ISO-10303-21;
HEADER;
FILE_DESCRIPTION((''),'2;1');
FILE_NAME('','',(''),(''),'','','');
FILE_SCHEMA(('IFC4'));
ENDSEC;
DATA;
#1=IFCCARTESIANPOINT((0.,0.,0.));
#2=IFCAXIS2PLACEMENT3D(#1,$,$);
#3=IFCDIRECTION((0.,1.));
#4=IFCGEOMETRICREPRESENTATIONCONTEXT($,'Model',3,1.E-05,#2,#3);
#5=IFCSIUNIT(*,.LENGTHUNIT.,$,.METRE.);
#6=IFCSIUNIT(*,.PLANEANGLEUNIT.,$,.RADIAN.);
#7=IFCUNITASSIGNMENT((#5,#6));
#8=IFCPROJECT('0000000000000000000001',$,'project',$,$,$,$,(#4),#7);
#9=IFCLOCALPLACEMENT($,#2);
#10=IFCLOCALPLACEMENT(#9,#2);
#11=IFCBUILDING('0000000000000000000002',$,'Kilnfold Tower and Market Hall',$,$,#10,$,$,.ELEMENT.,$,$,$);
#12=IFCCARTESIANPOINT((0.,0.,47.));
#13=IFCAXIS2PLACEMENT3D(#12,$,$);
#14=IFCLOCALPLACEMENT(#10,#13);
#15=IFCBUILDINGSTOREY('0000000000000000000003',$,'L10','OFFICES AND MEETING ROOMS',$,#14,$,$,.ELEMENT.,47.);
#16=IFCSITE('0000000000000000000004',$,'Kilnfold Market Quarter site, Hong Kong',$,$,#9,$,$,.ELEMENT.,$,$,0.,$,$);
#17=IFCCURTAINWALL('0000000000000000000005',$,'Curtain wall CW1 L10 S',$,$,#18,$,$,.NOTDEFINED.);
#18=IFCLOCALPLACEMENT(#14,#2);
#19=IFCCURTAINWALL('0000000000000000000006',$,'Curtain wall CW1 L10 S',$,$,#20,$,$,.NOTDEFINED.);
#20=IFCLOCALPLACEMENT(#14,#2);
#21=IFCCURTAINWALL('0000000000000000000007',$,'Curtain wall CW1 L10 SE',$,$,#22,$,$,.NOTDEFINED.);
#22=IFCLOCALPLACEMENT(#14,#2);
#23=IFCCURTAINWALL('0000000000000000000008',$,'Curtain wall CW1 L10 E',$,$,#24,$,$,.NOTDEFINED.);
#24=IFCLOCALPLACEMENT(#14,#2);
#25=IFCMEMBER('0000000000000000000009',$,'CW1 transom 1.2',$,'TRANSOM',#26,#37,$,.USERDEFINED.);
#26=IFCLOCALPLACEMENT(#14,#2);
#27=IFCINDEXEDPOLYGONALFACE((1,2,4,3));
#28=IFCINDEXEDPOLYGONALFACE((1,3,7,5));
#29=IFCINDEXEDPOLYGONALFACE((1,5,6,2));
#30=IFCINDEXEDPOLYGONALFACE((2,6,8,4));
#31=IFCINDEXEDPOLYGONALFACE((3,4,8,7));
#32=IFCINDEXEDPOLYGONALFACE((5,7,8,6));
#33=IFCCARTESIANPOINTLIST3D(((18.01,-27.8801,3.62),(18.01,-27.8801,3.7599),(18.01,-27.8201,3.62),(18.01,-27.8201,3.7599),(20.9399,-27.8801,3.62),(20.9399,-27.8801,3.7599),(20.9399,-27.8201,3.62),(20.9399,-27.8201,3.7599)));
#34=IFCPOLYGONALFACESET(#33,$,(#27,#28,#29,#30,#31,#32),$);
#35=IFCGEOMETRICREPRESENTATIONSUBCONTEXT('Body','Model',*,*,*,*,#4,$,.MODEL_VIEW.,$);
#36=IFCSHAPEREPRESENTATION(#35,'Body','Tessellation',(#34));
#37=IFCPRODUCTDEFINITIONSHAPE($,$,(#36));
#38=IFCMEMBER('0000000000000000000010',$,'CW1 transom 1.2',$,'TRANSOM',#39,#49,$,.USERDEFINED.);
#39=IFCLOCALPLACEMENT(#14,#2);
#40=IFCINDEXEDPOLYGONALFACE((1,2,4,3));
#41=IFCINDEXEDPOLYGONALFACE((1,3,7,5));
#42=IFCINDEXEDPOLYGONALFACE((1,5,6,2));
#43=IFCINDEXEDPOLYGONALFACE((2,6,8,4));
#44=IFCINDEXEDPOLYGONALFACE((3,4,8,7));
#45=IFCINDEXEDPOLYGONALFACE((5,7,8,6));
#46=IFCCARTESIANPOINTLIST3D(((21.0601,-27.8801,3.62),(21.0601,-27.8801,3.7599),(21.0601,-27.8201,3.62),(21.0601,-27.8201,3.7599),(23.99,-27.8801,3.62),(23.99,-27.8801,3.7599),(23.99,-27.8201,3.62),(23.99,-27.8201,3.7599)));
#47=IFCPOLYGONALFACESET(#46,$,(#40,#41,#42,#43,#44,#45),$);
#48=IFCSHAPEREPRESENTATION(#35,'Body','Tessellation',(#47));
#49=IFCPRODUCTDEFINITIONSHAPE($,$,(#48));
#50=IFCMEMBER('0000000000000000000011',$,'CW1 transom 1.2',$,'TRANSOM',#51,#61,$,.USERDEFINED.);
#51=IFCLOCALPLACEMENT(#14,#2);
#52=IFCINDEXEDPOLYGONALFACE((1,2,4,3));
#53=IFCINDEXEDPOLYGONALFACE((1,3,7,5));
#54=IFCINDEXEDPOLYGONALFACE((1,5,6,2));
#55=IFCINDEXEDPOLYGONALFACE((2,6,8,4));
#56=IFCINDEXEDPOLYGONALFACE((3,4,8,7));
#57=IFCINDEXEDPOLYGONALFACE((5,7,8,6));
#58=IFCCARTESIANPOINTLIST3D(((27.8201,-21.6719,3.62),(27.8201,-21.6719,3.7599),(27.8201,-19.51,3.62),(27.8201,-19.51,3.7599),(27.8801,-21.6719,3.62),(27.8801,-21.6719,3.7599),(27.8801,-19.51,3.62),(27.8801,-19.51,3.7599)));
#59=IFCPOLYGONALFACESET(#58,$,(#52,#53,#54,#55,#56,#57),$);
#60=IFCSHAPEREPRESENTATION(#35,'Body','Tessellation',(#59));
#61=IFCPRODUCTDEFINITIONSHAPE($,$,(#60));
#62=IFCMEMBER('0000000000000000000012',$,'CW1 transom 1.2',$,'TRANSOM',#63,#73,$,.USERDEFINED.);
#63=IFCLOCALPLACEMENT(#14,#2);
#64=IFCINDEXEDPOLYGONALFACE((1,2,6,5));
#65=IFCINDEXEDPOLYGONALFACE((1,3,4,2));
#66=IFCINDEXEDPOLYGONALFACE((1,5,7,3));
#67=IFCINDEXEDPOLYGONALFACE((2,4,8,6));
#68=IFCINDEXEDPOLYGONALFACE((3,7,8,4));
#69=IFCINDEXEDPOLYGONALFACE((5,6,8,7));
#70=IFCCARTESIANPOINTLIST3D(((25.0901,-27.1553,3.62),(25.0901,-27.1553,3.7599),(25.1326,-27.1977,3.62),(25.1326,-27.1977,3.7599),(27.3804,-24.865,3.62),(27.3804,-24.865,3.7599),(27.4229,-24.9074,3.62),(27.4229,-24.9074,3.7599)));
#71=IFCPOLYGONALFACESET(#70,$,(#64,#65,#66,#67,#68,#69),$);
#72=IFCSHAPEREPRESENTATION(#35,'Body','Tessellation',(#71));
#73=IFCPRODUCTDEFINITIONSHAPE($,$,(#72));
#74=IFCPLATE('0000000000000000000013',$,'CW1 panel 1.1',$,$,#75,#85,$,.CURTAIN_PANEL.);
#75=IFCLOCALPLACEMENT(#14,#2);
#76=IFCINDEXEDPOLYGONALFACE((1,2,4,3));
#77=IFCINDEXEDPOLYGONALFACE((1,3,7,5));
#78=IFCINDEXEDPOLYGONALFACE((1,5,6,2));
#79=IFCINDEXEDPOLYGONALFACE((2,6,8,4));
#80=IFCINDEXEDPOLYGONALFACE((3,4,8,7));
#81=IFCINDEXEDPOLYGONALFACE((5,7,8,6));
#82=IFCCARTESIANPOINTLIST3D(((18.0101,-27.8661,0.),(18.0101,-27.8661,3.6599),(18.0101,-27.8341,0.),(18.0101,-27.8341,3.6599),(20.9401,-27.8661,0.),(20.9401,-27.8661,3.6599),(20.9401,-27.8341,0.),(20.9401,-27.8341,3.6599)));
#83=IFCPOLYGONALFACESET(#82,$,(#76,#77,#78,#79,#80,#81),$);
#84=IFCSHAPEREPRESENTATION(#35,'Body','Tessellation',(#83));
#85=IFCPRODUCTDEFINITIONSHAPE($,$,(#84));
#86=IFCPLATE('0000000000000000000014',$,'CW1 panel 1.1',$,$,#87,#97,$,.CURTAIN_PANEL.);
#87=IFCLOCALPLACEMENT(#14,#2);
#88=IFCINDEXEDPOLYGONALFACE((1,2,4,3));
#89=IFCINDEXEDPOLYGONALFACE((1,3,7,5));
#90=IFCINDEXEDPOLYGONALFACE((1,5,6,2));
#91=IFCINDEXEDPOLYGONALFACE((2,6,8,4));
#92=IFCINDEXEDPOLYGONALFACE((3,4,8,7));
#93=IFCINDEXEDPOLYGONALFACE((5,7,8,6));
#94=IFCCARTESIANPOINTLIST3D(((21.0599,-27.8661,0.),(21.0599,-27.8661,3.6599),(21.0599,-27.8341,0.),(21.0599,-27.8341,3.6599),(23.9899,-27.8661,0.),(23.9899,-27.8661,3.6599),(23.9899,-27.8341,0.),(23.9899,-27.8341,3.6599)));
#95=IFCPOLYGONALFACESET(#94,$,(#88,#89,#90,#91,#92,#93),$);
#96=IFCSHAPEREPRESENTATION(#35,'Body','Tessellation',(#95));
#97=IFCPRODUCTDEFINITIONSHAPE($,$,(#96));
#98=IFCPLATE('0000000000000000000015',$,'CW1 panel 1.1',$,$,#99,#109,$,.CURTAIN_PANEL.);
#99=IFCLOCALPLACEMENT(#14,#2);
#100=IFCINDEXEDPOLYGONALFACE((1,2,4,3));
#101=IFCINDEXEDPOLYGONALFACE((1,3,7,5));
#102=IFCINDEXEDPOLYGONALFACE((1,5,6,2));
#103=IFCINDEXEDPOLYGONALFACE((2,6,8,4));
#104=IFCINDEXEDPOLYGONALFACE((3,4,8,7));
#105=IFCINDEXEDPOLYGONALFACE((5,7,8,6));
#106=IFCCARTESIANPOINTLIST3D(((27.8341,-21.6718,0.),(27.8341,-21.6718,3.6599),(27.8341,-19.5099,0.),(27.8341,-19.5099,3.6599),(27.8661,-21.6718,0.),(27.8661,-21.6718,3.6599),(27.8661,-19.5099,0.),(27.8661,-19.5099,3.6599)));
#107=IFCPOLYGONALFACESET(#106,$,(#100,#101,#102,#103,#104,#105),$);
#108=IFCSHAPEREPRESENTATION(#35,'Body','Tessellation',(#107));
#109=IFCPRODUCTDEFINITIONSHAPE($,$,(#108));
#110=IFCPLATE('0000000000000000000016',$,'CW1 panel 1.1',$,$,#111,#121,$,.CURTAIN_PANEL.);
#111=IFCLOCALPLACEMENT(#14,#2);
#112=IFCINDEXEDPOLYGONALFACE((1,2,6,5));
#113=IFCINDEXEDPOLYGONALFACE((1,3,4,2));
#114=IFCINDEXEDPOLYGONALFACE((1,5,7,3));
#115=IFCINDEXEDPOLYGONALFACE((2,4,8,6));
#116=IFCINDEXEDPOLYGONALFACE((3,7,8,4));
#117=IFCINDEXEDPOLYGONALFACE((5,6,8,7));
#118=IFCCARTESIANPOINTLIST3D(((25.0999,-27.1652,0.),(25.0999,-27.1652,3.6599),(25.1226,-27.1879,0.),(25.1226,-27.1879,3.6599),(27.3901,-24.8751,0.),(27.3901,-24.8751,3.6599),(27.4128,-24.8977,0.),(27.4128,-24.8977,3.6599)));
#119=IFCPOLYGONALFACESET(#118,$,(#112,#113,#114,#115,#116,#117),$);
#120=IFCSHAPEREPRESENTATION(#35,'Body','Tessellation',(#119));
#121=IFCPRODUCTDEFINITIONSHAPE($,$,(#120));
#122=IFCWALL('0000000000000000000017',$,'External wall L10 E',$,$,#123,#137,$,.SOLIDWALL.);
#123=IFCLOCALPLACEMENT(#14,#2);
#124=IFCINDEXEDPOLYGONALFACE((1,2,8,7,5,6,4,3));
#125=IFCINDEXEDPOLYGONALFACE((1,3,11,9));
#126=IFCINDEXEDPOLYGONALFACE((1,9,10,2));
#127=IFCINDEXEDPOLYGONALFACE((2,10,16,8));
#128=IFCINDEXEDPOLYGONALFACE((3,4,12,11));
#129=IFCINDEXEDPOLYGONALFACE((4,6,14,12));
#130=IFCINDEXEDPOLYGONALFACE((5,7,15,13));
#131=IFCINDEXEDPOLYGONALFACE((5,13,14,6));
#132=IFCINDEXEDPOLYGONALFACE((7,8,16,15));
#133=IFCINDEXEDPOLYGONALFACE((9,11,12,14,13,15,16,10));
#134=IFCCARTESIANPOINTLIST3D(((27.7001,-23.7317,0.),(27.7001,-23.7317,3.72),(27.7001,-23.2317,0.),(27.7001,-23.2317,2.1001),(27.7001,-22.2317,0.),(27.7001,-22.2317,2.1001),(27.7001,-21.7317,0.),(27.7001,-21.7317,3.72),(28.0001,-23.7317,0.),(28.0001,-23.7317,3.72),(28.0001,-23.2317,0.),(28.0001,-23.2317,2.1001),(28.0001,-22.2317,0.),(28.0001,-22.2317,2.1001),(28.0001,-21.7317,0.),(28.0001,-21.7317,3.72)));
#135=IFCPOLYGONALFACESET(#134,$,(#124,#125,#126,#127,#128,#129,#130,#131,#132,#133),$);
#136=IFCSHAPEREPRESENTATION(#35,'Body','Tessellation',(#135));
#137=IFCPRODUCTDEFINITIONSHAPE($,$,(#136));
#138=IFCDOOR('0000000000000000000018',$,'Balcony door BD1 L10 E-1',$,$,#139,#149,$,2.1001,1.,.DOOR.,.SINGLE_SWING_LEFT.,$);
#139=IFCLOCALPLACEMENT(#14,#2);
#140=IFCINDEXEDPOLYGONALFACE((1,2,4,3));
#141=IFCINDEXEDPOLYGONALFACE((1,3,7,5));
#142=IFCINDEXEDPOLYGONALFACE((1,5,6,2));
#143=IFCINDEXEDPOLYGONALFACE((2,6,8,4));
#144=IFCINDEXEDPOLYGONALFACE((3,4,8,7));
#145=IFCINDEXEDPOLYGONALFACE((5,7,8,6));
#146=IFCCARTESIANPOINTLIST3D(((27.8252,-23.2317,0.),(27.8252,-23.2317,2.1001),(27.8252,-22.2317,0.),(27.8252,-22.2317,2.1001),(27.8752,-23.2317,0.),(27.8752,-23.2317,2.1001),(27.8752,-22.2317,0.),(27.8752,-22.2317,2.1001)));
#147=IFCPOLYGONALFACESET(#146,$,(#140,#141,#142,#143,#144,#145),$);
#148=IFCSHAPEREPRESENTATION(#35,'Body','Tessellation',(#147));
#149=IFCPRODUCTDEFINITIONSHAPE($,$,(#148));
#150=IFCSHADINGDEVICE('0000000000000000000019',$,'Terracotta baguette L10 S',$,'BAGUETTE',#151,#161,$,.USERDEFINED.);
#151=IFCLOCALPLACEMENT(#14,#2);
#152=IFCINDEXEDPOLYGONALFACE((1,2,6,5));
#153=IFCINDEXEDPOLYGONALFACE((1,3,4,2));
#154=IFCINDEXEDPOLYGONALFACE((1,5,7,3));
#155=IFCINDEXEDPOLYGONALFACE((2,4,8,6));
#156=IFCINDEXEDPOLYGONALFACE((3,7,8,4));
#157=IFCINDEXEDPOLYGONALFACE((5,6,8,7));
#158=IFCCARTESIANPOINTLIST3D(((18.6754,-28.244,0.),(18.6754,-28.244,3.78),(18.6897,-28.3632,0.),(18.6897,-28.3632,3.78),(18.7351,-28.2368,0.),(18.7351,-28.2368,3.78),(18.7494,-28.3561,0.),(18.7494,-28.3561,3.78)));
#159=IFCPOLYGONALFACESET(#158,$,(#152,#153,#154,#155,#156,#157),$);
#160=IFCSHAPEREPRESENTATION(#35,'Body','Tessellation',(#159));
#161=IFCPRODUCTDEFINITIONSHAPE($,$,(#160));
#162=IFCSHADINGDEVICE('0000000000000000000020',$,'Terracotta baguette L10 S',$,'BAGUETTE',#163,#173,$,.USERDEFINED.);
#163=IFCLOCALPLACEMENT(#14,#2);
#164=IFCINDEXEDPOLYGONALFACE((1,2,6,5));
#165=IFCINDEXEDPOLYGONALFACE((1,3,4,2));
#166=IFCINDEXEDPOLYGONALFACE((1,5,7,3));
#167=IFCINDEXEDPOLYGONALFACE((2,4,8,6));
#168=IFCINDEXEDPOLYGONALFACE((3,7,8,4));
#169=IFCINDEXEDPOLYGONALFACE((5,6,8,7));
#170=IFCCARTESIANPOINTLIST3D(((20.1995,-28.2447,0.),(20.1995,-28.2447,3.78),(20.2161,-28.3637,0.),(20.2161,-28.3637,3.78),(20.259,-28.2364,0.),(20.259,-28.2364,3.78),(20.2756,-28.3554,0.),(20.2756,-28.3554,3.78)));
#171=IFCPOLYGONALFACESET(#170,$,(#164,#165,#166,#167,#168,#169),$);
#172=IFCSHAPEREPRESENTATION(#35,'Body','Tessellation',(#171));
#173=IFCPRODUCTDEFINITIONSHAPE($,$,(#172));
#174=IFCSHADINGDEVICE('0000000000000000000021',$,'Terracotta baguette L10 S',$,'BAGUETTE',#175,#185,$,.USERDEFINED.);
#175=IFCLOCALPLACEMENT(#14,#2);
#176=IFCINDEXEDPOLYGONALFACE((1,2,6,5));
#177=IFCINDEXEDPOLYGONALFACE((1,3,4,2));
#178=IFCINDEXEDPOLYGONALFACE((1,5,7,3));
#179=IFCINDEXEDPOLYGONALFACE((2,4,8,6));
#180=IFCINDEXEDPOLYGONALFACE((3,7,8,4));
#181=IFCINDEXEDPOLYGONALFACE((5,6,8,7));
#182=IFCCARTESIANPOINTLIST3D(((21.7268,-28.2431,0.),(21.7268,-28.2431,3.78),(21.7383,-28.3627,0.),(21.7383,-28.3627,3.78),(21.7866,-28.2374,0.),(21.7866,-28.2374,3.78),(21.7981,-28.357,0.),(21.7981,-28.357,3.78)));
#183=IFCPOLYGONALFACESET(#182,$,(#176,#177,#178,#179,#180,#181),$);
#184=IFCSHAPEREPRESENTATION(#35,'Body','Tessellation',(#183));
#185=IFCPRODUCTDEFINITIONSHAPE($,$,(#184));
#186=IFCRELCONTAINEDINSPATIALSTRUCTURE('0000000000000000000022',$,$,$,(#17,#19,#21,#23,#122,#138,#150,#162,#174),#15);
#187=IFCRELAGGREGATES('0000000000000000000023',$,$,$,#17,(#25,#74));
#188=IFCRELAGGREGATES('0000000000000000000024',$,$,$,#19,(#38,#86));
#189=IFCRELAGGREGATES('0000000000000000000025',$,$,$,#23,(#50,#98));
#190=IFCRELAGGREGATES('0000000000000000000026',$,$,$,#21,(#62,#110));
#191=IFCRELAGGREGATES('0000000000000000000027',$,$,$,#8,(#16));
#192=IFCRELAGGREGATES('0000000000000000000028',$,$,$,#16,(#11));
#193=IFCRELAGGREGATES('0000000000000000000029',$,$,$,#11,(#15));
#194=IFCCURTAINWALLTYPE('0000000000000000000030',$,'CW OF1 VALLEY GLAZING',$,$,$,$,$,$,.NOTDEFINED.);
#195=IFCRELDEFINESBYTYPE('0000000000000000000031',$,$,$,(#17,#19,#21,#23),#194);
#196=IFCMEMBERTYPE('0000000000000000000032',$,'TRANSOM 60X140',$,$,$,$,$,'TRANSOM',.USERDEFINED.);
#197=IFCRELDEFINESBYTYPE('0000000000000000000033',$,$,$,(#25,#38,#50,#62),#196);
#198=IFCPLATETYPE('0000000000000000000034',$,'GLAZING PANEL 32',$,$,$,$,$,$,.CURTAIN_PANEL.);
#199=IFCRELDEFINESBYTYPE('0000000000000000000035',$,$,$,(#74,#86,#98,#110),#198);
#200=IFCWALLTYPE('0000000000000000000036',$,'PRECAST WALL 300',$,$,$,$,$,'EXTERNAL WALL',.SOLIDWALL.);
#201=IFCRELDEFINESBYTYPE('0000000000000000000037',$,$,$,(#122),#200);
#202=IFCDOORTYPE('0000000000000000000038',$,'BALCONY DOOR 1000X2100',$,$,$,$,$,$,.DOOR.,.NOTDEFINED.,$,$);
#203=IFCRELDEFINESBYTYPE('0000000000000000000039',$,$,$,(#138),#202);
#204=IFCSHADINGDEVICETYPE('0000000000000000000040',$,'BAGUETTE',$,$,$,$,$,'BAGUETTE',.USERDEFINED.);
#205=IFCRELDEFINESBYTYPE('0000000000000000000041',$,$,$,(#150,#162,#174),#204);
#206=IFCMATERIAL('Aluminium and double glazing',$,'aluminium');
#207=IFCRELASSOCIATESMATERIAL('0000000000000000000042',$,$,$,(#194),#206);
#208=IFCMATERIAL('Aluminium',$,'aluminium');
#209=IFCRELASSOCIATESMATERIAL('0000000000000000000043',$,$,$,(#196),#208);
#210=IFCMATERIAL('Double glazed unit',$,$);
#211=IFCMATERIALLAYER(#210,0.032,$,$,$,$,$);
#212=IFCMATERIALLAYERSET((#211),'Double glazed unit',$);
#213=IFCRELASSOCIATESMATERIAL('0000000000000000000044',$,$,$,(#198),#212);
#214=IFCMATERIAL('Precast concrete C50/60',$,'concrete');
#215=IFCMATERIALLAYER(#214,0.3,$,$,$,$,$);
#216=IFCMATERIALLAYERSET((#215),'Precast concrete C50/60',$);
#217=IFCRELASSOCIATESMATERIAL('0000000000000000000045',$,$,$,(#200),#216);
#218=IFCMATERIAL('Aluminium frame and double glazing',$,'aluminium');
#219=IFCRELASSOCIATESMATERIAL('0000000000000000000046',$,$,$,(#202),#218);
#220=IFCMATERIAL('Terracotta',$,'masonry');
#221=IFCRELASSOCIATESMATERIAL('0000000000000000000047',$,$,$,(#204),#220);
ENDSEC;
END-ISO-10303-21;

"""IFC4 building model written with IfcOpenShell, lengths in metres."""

from ifc_helpers import new_model, si_unit, direction, frame, frame_2d, origin, origin_2d, place, context, subcontext, project, spatial, rectangle, extrude, source, transform, mapped, material, layer, layer_set, material_profile, profile_set, type_object, element, fill, aggregate, save


model = new_model("IFC4")

# Units and contexts
model_context = context("Model", 3, precision=1e-05, world=origin(), true_north=direction((0.0, 1.0)))
body_context = subcontext(model_context, "Body", "Model", "MODEL_VIEW")
ifc_project = project(units=[si_unit("LENGTHUNIT", "METRE"), si_unit("PLANEANGLEUNIT", "RADIAN")], contexts=[model_context])

# Site, building, storey
site_placement = place(None, origin())
site = spatial("IfcSite", under=ifc_project, at=site_placement, Name="Kilnfold Market Quarter site, Hong Kong", CompositionType="ELEMENT", RefElevation=0.0)
building_placement = place(site_placement, origin())
building = spatial("IfcBuilding", under=site, at=building_placement, Name="Kilnfold Tower and Market Hall", CompositionType="ELEMENT")
storey_placement = place(building_placement, frame((0.0, 0.0, 47.0)))
storey = spatial("IfcBuildingStorey", under=building, at=storey_placement, Name="L10", Description="OFFICES AND MEETING ROOMS", CompositionType="ELEMENT", Elevation=47.0)

# Curtain walls
ifc_material_1 = material(Name="Aluminium and double glazing", Category="aluminium")
curtain_wall_type = type_object("IfcCurtainWallType", Name="CW OF1 VALLEY GLAZING", PredefinedType="NOTDEFINED", material=ifc_material_1)
curtain_wall_1_placement = place(storey_placement, origin())
curtain_wall_1 = element("IfcCurtainWall", 1, at=curtain_wall_1_placement, inside=storey, type_object=curtain_wall_type, Name="Curtain wall CW1 L10 S", PredefinedType="NOTDEFINED")
curtain_wall_2_placement = place(storey_placement, origin())
curtain_wall_2 = element("IfcCurtainWall", 2, at=curtain_wall_2_placement, inside=storey, type_object=curtain_wall_type, Name="Curtain wall CW1 L10 S", PredefinedType="NOTDEFINED")
curtain_wall_3_placement = place(storey_placement, origin())
curtain_wall_3 = element("IfcCurtainWall", 3, at=curtain_wall_3_placement, inside=storey, type_object=curtain_wall_type, Name="Curtain wall CW1 L10 SE", PredefinedType="NOTDEFINED")
curtain_wall_4_placement = place(storey_placement, origin())
curtain_wall_4 = element("IfcCurtainWall", 4, at=curtain_wall_4_placement, inside=storey, type_object=curtain_wall_type, Name="Curtain wall CW1 L10 E", PredefinedType="NOTDEFINED")

# Members
ifc_material_2 = material(Name="Aluminium", Category="aluminium")
ifc_material_profile_1 = material_profile(ifc_material_2, rectangle(XDim=0.0601, YDim=0.1399, at=origin_2d()), Name="TRANSOM 60x140")
ifc_profile_set_1 = profile_set([ifc_material_profile_1], Name="Aluminium")
member_type_1 = type_object("IfcMemberType", Name="TRANSOM 60X140", ElementType="TRANSOM", PredefinedType="USERDEFINED", material=ifc_profile_set_1)
shared_shape_1 = source(origin(), body_context, "Body", "SweptSolid", [
    extrude(rectangle(XDim=0.0601, YDim=0.1399, at=origin_2d()), origin(), (0.0, 0.0, 1.0), 2.9299),
])
member_1_placement = place(storey_placement, frame((18.01, -27.8501, 3.6899), z_axis=(1.0, 0.0, 0.0), x_axis=(0.0, 1.0, 0.0)))
member_1 = element("IfcMember", 5, at=member_1_placement, type_object=member_type_1, Name="CW1 transom 1.2", ObjectType="TRANSOM", PredefinedType="USERDEFINED", context=body_context, shape_type="MappedRepresentation", body=[
    mapped(shared_shape_1, transform((0.0, 0.0, 0.0))),
])
member_2_placement = place(storey_placement, frame((21.0601, -27.8501, 3.6899), z_axis=(1.0, 0.0, 0.0), x_axis=(0.0, 1.0, 0.0)))
member_2 = element("IfcMember", 6, at=member_2_placement, type_object=member_type_1, Name="CW1 transom 1.2", ObjectType="TRANSOM", PredefinedType="USERDEFINED", context=body_context, shape_type="MappedRepresentation", body=[
    mapped(shared_shape_1, transform((0.0, 0.0, 0.0))),
])
shared_shape_2 = source(origin(), body_context, "Body", "SweptSolid", [
    extrude(rectangle(XDim=0.0601, YDim=0.1399, at=origin_2d()), origin(), (0.0, 0.0, 1.0), 2.1619),
])
member_3_placement = place(storey_placement, frame((27.8501, -21.6719, 3.6899), z_axis=(0.0, 1.0, 0.0), x_axis=(-1.0, 0.0, 0.0)))
member_3 = element("IfcMember", 7, at=member_3_placement, type_object=member_type_1, Name="CW1 transom 1.2", ObjectType="TRANSOM", PredefinedType="USERDEFINED", context=body_context, shape_type="MappedRepresentation", body=[
    mapped(shared_shape_2, transform((0.0, 0.0, 0.0))),
])
shared_shape_3 = source(origin(), body_context, "Body", "SweptSolid", [
    extrude(rectangle(XDim=0.0601, YDim=0.1399, at=origin_2d()), origin(), (0.0, 0.0, 1.0), 3.239),
])
member_4_placement = place(storey_placement, frame((25.1113, -27.1765, 3.6899), z_axis=(0.707107, 0.707107, 0.0), x_axis=(-0.707107, 0.707107, 0.0)))
member_4 = element("IfcMember", 8, at=member_4_placement, type_object=member_type_1, Name="CW1 transom 1.2", ObjectType="TRANSOM", PredefinedType="USERDEFINED", context=body_context, shape_type="MappedRepresentation", body=[
    mapped(shared_shape_3, transform((0.0, 0.0, 0.0))),
])

# Plates
ifc_material_3 = material(Name="Double glazed unit")
ifc_layer_1 = layer(ifc_material_3, 0.032)
ifc_layer_set_1 = layer_set([ifc_layer_1], Name="Double glazed unit")
plate_type = type_object("IfcPlateType", Name="GLAZING PANEL 32", PredefinedType="CURTAIN_PANEL", material=ifc_layer_set_1)
shared_shape_4 = source(origin(), body_context, "Body", "SweptSolid", [
    extrude(rectangle(XDim=2.9299, YDim=0.032, at=origin_2d()), origin(), (0.0, 0.0, 1.0), 3.6599),
])
plate_1_placement = place(storey_placement, frame((19.4751, -27.8501, 0.0), z_axis=(0.0, 0.0, 1.0), x_axis=(1.0, 0.0, 0.0)))
plate_1 = element("IfcPlate", 9, at=plate_1_placement, type_object=plate_type, Name="CW1 panel 1.1", PredefinedType="CURTAIN_PANEL", context=body_context, shape_type="MappedRepresentation", body=[
    mapped(shared_shape_4, transform((0.0, 0.0, 0.0))),
])
aggregate(curtain_wall_1, [member_1, plate_1])
plate_2_placement = place(storey_placement, frame((22.5249, -27.8501, 0.0), z_axis=(0.0, 0.0, 1.0), x_axis=(1.0, 0.0, 0.0)))
plate_2 = element("IfcPlate", 10, at=plate_2_placement, type_object=plate_type, Name="CW1 panel 1.1", PredefinedType="CURTAIN_PANEL", context=body_context, shape_type="MappedRepresentation", body=[
    mapped(shared_shape_4, transform((0.0, 0.0, 0.0))),
])
aggregate(curtain_wall_2, [member_2, plate_2])
shared_shape_5 = source(origin(), body_context, "Body", "SweptSolid", [
    extrude(rectangle(XDim=2.1619, YDim=0.032, at=origin_2d()), origin(), (0.0, 0.0, 1.0), 3.6599),
])
plate_3_placement = place(storey_placement, frame((27.8501, -20.5908, 0.0), z_axis=(0.0, 0.0, 1.0), x_axis=(0.0, 1.0, 0.0)))
plate_3 = element("IfcPlate", 11, at=plate_3_placement, type_object=plate_type, Name="CW1 panel 1.1", PredefinedType="CURTAIN_PANEL", context=body_context, shape_type="MappedRepresentation", body=[
    mapped(shared_shape_5, transform((0.0, 0.0, 0.0))),
])
aggregate(curtain_wall_4, [member_3, plate_3])
shared_shape_6 = source(origin(), body_context, "Body", "SweptSolid", [
    extrude(rectangle(XDim=3.2388, YDim=0.032, at=origin_2d()), origin(), (0.0, 0.0, 1.0), 3.6599),
])
plate_4_placement = place(storey_placement, frame((26.2563, -26.0315, 0.0), z_axis=(0.0, 0.0, 1.0), x_axis=(0.707122, 0.707092, 0.0)))
plate_4 = element("IfcPlate", 12, at=plate_4_placement, type_object=plate_type, Name="CW1 panel 1.1", PredefinedType="CURTAIN_PANEL", context=body_context, shape_type="MappedRepresentation", body=[
    mapped(shared_shape_6, transform((0.0, 0.0, 0.0))),
])
aggregate(curtain_wall_3, [member_4, plate_4])

# Wall, opening, door
ifc_material_4 = material(Name="Precast concrete C50/60", Category="concrete")
ifc_layer_2 = layer(ifc_material_4, 0.3)
ifc_layer_set_2 = layer_set([ifc_layer_2], Name="Precast concrete C50/60")
wall_type = type_object("IfcWallType", Name="PRECAST WALL 300", ElementType="EXTERNAL WALL", PredefinedType="SOLIDWALL", material=ifc_layer_set_2)
shared_shape_7 = source(origin(), body_context, "Body", "SweptSolid", [
    extrude(rectangle(XDim=2.0, YDim=0.3, at=frame_2d((1.0, 0.0))), origin(), (0.0, 0.0, 1.0), 3.72),
])
wall_placement = place(storey_placement, frame((27.8501, -23.7317, 0.0), z_axis=(0.0, 0.0, 1.0), x_axis=(0.0, 1.0, 0.0)))
wall = element("IfcWall", 13, at=wall_placement, inside=storey, type_object=wall_type, Name="External wall L10 E", PredefinedType="SOLIDWALL", context=body_context, shape_type="MappedRepresentation", body=[
    mapped(shared_shape_7, transform((0.0, 0.0, 0.0))),
])
opening_placement = place(wall_placement, frame((0.5, 0.0, 0.0)))
opening = element("IfcOpeningElement", 14, at=opening_placement, cuts=wall, PredefinedType="OPENING", context=body_context, shape_type="SweptSolid", body=[
    extrude(rectangle(XDim=1.0, YDim=2.1001, at=frame_2d((0.5, 1.05))), frame((0.0, 0.1602, 0.0), z_axis=(0.0, -1.0, 0.0), x_axis=(1.0, 0.0, 0.0)), (0.0, 0.0, 1.0), 0.3201),
])
ifc_material_5 = material(Name="Aluminium frame and double glazing", Category="aluminium")
door_type = type_object("IfcDoorType", Name="BALCONY DOOR 1000X2100", OperationType="NOTDEFINED", PredefinedType="DOOR", material=ifc_material_5)
door_placement = place(opening_placement, origin())
door = element("IfcDoor", 15, at=door_placement, inside=storey, type_object=door_type, Name="Balcony door BD1 L10 E-1", OperationType="SINGLE_SWING_LEFT", OverallHeight=2.1001, OverallWidth=1.0, PredefinedType="DOOR", context=body_context, shape_type="SweptSolid", body=[
    extrude(rectangle(XDim=1.0, YDim=2.1001, at=frame_2d((0.5, 1.05))), frame((0.0, 0.0249, 0.0), z_axis=(0.0, -1.0, 0.0), x_axis=(1.0, 0.0, 0.0)), (0.0, 0.0, 1.0), 0.05),
])
fill(opening, door)

# Shading devices
ifc_material_6 = material(Name="Terracotta", Category="masonry")
ifc_material_profile_2 = material_profile(ifc_material_6, rectangle(XDim=0.0601, YDim=0.1201, at=origin_2d()), Name="BAG 60x120")
ifc_profile_set_2 = profile_set([ifc_material_profile_2], Name="Terracotta")
shading_device_type = type_object("IfcShadingDeviceType", Name="BAGUETTE", ElementType="BAGUETTE", PredefinedType="USERDEFINED", material=ifc_profile_set_2)
shared_shape_8 = source(origin(), body_context, "Body", "SweptSolid", [
    extrude(rectangle(XDim=0.0601, YDim=0.1201, at=origin_2d()), origin(), (0.0, 0.0, 1.0), 3.78),
])
for number, where, z_axis, x_axis, name in (
    (16, (18.7124, -28.3, 0.0), (0.0, 0.0, 1.0), (0.992916, 0.118818, 0.0), "Terracotta baguette L10 S"),
    (17, (20.2375, -28.3, 0.0), (0.0, 0.0, 1.0), (0.990445, 0.13791, 0.0), "Terracotta baguette L10 S"),
    (18, (21.7625, -28.3, 0.0), (0.0, 0.0, 1.0), (0.995464, 0.095139, 0.0), "Terracotta baguette L10 S"),
):
    element("IfcShadingDevice", number, at=place(storey_placement, frame(where, z_axis=z_axis, x_axis=x_axis)), inside=storey, type_object=shading_device_type, Name=name, ObjectType="BAGUETTE", PredefinedType="USERDEFINED", context=body_context, shape_type="MappedRepresentation", body=[
        mapped(shared_shape_8, transform((0.0, 0.0, 0.0))),
    ])

save(model, "model.ifc")
